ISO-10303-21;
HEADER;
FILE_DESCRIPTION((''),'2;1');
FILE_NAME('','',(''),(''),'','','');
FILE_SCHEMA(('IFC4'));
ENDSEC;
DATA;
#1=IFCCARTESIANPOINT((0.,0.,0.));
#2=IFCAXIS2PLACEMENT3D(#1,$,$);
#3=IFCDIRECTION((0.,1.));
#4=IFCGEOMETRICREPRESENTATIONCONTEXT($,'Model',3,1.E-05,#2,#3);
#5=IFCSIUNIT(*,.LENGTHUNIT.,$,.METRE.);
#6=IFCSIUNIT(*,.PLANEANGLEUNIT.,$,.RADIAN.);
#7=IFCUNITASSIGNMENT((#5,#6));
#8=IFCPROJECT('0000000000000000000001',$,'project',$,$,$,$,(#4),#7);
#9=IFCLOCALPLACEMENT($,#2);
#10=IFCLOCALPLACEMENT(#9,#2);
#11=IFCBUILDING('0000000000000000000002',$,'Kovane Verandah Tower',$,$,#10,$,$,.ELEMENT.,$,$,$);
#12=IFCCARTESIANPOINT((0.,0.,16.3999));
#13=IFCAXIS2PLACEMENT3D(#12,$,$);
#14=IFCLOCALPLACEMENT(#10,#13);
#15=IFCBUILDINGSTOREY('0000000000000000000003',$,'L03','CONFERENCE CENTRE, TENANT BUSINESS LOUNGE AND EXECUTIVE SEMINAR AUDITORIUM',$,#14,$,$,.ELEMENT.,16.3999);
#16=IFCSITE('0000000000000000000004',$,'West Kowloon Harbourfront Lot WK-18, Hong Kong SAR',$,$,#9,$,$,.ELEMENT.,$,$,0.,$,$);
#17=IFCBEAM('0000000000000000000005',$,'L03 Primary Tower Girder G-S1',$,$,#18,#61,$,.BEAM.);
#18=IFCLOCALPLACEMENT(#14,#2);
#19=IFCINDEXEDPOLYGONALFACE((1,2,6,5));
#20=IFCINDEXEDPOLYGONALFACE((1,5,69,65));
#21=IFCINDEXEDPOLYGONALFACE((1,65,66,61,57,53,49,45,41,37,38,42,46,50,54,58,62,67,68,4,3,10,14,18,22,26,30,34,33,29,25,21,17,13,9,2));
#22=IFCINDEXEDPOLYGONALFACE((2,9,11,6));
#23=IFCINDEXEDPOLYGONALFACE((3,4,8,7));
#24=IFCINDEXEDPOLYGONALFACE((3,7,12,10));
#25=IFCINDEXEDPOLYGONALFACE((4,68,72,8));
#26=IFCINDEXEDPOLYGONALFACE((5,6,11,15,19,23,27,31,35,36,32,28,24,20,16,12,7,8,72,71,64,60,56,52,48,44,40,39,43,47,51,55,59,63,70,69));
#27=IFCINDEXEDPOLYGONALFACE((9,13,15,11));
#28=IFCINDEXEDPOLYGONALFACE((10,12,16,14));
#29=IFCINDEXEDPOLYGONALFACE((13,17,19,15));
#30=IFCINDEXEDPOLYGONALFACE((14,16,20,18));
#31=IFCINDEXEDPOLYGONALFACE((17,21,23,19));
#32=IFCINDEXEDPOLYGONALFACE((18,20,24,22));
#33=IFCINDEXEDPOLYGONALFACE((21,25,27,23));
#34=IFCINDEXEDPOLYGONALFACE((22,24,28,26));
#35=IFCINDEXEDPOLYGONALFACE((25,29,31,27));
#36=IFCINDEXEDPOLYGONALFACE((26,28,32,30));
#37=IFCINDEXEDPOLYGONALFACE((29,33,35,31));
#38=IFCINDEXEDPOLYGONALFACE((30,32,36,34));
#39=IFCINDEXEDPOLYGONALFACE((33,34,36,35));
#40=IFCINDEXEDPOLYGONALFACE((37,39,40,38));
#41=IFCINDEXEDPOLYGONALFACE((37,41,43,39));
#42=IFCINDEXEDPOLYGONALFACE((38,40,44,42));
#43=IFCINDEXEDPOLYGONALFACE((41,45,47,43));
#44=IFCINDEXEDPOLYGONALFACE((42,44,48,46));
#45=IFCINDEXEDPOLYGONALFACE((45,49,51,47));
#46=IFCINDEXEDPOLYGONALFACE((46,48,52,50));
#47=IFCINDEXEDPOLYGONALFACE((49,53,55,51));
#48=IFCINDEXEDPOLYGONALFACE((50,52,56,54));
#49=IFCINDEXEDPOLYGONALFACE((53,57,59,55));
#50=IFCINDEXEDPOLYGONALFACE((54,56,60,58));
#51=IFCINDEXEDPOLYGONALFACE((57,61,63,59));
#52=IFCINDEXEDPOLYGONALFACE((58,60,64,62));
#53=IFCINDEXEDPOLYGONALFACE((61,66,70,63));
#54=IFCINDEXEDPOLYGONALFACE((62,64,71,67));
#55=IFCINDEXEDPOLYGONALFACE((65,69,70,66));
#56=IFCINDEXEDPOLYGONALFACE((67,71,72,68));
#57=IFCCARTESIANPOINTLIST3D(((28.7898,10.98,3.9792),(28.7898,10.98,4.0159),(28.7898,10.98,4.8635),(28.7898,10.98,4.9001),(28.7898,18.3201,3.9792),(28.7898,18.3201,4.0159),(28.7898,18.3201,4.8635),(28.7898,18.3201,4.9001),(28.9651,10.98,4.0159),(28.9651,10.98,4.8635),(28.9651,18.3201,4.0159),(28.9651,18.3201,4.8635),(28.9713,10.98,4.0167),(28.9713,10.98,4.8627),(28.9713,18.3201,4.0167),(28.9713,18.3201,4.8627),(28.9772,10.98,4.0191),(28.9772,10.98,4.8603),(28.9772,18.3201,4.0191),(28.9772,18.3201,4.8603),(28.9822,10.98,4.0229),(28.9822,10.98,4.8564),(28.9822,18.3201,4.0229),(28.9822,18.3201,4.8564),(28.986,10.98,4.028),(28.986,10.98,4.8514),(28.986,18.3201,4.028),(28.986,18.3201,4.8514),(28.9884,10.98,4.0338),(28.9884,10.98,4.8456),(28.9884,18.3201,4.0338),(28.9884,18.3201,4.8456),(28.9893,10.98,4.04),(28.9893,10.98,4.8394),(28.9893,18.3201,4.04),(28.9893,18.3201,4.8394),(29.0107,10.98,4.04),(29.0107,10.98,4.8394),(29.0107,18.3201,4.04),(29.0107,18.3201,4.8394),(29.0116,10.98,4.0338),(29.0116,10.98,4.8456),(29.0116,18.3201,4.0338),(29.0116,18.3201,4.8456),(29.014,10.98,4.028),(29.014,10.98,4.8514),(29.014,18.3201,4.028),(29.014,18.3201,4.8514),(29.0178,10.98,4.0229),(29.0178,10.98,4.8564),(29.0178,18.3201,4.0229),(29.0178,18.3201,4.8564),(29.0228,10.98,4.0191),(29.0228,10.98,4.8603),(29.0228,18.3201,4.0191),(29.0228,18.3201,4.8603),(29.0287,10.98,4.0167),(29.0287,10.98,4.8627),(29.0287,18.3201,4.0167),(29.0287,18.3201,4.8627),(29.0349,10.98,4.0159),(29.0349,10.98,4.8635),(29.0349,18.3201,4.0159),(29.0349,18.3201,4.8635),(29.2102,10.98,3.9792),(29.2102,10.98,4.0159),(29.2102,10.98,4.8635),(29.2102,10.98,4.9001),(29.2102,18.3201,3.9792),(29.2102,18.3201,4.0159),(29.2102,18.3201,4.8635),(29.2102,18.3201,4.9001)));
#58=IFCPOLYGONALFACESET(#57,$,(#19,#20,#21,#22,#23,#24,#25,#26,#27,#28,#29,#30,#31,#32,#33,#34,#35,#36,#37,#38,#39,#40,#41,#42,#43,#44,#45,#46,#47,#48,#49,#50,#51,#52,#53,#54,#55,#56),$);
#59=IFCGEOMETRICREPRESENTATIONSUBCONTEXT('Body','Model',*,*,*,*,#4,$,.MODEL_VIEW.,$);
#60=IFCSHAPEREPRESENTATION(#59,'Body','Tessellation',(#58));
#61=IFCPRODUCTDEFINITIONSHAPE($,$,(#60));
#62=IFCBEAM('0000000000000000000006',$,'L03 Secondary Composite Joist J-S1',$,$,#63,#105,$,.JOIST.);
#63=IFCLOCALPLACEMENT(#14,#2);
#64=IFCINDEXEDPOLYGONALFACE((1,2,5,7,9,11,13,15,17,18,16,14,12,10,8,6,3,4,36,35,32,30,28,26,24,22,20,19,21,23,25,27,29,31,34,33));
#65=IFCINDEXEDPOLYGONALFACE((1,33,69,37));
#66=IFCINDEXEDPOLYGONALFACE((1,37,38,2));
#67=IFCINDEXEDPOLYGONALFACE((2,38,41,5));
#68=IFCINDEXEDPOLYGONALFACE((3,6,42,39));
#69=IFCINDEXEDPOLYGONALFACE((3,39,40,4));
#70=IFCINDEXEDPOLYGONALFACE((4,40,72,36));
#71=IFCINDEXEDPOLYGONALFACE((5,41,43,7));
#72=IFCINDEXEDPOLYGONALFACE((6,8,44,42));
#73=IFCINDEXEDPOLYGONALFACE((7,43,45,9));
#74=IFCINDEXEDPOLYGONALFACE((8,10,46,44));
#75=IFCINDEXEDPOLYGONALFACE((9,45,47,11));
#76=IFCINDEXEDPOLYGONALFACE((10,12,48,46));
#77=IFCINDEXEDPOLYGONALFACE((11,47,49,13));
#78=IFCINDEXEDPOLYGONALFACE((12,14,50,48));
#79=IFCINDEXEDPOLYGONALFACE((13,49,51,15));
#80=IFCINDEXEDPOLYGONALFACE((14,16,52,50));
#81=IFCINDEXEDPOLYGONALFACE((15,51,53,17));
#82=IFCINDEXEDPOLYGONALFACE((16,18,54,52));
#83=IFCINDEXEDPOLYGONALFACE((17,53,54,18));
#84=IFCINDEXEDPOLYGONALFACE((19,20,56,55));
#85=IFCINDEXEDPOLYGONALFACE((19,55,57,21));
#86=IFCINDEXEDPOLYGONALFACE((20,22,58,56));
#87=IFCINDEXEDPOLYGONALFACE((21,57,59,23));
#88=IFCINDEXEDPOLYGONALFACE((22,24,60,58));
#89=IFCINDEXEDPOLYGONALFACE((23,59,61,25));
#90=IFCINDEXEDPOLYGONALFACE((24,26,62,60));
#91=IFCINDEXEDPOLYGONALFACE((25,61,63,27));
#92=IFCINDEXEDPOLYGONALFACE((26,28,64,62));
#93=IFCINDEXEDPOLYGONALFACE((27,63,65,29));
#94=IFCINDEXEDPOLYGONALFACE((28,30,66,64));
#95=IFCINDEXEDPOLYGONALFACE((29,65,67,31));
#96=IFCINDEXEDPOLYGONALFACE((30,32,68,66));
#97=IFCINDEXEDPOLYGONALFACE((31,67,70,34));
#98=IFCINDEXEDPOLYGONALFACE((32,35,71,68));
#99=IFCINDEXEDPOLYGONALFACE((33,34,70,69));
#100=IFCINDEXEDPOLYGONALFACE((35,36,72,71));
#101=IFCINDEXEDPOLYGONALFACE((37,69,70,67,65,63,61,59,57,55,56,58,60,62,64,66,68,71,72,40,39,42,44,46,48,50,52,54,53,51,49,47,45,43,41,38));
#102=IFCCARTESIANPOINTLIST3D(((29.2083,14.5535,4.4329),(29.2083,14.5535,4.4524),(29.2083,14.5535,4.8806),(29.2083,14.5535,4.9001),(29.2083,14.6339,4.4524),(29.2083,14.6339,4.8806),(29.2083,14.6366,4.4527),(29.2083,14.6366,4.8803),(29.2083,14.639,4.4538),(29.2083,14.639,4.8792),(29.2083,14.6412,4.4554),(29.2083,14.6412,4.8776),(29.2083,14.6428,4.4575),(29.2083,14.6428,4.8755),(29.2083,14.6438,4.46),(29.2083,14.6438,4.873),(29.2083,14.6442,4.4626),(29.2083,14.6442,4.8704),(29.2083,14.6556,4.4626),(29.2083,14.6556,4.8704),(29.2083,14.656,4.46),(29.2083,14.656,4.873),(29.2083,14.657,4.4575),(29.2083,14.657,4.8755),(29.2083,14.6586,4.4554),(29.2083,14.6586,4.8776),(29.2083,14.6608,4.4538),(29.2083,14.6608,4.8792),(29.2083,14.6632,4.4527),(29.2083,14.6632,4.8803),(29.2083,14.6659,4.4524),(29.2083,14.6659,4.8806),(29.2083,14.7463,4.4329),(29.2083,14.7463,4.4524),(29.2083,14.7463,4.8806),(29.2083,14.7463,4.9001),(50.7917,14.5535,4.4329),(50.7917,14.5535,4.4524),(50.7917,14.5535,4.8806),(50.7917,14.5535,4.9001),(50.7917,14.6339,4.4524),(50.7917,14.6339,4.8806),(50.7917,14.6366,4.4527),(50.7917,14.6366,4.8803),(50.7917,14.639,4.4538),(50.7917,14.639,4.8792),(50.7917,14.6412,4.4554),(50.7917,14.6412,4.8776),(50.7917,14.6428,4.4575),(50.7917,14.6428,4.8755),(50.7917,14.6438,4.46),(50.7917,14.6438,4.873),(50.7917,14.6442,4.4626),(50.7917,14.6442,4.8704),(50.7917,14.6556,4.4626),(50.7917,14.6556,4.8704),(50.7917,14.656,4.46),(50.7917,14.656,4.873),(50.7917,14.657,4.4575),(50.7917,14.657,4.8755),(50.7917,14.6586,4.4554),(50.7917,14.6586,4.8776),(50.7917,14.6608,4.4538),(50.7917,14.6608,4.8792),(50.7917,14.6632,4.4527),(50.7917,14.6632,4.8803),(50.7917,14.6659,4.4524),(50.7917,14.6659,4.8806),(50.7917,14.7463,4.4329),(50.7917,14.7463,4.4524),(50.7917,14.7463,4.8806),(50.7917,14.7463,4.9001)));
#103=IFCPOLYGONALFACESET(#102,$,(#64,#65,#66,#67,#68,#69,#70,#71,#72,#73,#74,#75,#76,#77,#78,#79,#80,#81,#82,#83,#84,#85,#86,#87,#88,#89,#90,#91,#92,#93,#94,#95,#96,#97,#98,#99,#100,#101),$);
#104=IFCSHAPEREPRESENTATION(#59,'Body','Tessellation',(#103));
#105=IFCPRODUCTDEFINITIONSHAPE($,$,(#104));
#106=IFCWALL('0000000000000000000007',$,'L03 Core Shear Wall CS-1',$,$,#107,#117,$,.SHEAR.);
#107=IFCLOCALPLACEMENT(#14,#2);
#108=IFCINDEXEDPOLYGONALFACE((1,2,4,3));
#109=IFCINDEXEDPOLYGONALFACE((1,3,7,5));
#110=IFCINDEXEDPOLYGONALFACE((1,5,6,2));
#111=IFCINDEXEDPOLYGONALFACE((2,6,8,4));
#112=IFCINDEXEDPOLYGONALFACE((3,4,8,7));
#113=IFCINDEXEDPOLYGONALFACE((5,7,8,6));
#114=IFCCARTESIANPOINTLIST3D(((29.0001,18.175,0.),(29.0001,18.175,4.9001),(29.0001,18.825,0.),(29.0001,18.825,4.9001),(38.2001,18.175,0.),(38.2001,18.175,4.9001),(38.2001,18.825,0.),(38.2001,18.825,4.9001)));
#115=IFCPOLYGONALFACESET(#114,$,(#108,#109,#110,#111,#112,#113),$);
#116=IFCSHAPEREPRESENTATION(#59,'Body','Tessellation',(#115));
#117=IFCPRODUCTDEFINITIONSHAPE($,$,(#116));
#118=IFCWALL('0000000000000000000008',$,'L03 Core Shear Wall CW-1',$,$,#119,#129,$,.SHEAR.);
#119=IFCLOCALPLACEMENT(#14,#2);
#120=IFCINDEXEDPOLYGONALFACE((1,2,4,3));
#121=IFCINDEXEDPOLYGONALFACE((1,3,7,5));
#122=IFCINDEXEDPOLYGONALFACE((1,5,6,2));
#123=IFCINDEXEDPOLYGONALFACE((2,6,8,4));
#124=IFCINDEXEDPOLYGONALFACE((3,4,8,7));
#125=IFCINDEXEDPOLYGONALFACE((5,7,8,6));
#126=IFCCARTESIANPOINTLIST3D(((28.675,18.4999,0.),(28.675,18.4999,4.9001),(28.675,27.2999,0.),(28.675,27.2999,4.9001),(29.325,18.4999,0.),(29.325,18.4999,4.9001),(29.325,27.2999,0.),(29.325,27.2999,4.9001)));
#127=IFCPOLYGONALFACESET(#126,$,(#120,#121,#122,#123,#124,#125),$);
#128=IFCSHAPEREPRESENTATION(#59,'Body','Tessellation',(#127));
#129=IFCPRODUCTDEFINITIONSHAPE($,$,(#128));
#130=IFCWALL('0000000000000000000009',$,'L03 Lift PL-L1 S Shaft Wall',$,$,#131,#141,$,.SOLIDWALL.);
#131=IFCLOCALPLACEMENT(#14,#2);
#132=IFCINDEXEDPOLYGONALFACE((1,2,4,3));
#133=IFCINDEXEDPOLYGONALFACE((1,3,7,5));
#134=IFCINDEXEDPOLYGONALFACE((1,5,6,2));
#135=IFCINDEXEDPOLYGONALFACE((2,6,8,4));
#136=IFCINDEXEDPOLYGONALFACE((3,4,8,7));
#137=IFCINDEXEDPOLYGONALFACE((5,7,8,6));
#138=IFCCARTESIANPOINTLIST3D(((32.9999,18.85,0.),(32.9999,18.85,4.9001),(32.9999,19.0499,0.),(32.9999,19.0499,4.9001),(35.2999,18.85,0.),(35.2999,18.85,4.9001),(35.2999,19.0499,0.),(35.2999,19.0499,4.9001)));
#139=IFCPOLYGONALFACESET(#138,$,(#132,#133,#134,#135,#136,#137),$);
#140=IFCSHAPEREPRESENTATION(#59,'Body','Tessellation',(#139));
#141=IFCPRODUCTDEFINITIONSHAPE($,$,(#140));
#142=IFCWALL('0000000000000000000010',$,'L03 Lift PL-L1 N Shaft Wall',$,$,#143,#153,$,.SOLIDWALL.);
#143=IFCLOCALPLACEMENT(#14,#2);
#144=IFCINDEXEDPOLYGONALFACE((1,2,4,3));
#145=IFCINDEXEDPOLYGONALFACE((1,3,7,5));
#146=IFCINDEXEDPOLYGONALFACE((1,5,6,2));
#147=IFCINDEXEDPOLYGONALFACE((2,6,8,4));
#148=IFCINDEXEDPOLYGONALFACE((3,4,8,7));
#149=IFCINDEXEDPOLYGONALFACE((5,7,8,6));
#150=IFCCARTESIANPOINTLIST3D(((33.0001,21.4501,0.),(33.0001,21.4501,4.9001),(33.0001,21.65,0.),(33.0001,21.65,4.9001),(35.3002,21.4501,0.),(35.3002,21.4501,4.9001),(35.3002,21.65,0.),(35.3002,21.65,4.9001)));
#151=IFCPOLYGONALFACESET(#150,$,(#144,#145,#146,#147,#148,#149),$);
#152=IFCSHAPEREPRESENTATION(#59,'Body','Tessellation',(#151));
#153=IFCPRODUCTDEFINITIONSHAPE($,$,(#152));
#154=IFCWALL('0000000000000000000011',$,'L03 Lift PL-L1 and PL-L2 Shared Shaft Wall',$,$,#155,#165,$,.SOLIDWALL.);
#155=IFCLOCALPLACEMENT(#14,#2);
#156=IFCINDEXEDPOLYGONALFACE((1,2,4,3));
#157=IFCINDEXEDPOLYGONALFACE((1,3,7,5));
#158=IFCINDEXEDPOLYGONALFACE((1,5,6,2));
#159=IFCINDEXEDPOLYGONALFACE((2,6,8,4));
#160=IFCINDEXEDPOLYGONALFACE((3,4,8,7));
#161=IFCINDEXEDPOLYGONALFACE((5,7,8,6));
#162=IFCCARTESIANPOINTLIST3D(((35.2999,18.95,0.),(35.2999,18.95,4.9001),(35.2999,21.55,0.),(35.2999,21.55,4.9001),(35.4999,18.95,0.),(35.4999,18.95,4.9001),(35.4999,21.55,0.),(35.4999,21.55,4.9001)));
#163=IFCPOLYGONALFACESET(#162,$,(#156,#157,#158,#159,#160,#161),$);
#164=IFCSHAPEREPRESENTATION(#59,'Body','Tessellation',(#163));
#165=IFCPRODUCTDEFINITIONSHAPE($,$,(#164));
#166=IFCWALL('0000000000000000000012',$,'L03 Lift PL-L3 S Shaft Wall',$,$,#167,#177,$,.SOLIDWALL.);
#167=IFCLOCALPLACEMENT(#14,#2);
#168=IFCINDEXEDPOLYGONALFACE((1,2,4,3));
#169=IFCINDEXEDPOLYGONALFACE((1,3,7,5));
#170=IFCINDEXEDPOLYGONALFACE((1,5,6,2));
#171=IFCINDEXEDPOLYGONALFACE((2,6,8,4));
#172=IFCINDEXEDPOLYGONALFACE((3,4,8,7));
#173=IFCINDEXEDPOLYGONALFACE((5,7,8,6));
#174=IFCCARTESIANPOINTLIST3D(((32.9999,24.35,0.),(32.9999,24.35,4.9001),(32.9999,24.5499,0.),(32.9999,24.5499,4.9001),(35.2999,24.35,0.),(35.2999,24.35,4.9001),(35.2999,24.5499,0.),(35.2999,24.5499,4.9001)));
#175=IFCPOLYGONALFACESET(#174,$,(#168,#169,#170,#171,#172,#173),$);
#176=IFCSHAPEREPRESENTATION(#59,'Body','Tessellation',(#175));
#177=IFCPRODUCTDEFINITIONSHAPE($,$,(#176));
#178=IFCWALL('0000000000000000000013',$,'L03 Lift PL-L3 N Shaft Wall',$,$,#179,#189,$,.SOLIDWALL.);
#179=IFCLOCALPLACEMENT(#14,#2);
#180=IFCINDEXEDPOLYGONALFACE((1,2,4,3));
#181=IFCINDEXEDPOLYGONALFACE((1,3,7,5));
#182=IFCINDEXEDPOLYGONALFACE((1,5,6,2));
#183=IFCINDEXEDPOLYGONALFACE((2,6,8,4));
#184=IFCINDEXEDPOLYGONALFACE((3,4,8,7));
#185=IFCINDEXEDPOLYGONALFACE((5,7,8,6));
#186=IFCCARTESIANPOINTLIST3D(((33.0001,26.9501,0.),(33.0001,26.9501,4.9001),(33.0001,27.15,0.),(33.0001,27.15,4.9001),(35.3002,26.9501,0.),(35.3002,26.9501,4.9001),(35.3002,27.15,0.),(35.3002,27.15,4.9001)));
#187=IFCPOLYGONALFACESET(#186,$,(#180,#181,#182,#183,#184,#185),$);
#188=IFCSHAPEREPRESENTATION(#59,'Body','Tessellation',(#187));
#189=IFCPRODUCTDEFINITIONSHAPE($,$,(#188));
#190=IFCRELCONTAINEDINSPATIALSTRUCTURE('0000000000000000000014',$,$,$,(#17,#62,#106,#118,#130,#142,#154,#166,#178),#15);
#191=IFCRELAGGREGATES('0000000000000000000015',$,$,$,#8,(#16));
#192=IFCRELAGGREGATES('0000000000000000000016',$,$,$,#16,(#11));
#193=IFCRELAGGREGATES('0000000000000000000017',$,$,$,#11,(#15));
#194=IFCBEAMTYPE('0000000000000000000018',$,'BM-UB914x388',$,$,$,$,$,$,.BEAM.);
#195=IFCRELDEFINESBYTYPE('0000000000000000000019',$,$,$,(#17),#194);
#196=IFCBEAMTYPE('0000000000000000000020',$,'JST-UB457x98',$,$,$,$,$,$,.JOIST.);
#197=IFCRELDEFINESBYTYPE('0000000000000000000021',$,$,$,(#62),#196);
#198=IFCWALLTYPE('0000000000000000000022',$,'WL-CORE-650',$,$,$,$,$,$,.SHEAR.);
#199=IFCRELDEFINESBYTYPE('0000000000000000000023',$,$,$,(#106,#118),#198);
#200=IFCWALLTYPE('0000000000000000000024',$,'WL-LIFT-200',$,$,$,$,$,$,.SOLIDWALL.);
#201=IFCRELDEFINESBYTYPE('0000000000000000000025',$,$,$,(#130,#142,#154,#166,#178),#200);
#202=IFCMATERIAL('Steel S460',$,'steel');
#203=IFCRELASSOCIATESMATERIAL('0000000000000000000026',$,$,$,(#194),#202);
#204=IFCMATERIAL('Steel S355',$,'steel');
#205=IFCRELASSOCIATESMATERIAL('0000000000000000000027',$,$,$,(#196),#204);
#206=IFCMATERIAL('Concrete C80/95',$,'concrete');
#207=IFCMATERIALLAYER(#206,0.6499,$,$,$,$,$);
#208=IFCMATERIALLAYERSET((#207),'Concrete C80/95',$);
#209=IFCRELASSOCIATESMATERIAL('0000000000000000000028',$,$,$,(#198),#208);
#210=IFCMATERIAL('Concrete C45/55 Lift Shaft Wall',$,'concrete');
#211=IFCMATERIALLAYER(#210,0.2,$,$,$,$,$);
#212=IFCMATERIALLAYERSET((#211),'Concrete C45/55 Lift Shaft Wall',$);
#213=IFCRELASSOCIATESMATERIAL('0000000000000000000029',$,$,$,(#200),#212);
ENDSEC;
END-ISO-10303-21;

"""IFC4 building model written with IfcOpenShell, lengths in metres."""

from ifc_helpers import new_model, si_unit, direction, frame, frame_2d, origin, origin_2d, place, context, subcontext, project, spatial, rectangle, i_section, extrude, material, layer, layer_set, material_profile, profile_set, type_object, element, save


model = new_model("IFC4")

# Units and contexts
model_context = context("Model", 3, precision=1e-05, world=origin(), true_north=direction((0.0, 1.0)))
body_context = subcontext(model_context, "Body", "Model", "MODEL_VIEW")
ifc_project = project(units=[si_unit("LENGTHUNIT", "METRE"), si_unit("PLANEANGLEUNIT", "RADIAN")], contexts=[model_context])

# Site, building, storey
site_placement = place(None, origin())
site = spatial("IfcSite", under=ifc_project, at=site_placement, Name="West Kowloon Harbourfront Lot WK-18, Hong Kong SAR", CompositionType="ELEMENT", RefElevation=0.0)
building_placement = place(site_placement, origin())
building = spatial("IfcBuilding", under=site, at=building_placement, Name="Kovane Verandah Tower", CompositionType="ELEMENT")
storey_placement = place(building_placement, frame((0.0, 0.0, 16.3999)))
storey = spatial("IfcBuildingStorey", under=building, at=storey_placement, Name="L03", Description="CONFERENCE CENTRE, TENANT BUSINESS LOUNGE AND EXECUTIVE SEMINAR AUDITORIUM", CompositionType="ELEMENT", Elevation=16.3999)

# Shared definitions
ifc_material_1 = material(Name="Concrete C80/95", Category="concrete")
ifc_material_2 = material(Name="Steel S460", Category="steel")

# Beams
ifc_material_profile_1 = material_profile(ifc_material_2, i_section(OverallWidth=0.4204, OverallDepth=0.9209, WebThickness=0.0215, FlangeThickness=0.0366, FilletRadius=0.0242, at=origin_2d()), Name="UB914x419x388")
ifc_profile_set_1 = profile_set([ifc_material_profile_1], Name="Steel S460")
beam_type_1 = type_object("IfcBeamType", Name="BM-UB914x388", PredefinedType="BEAM", material=ifc_profile_set_1)
beam_1_placement = place(storey_placement, frame((29.0, 18.3201, 4.4397), z_axis=(0.0, -1.0, 0.0), x_axis=(1.0, 0.0, 0.0)))
element("IfcBeam", 1, at=beam_1_placement, inside=storey, type_object=beam_type_1, Name="L03 Primary Tower Girder G-S1", PredefinedType="BEAM", context=body_context, shape_type="SweptSolid", body=[
    extrude(i_section(OverallWidth=0.4204, OverallDepth=0.9209, WebThickness=0.0215, FlangeThickness=0.0366, FilletRadius=0.0242, at=origin_2d()), origin(), (0.0, 0.0, 1.0), 7.3401),
])
ifc_material_3 = material(Name="Steel S355", Category="steel")
ifc_material_profile_2 = material_profile(ifc_material_3, i_section(OverallWidth=0.1929, OverallDepth=0.4673, WebThickness=0.0115, FlangeThickness=0.0195, FilletRadius=0.0103, at=origin_2d()), Name="UB457x191x98")
ifc_profile_set_2 = profile_set([ifc_material_profile_2], Name="Steel S355")
beam_type_2 = type_object("IfcBeamType", Name="JST-UB457x98", PredefinedType="JOIST", material=ifc_profile_set_2)
beam_2_placement = place(storey_placement, frame((29.2083, 14.6499, 4.6665), z_axis=(1.0, 0.0, 0.0), x_axis=(0.0, 1.0, 0.0)))
element("IfcBeam", 2, at=beam_2_placement, inside=storey, type_object=beam_type_2, Name="L03 Secondary Composite Joist J-S1", PredefinedType="JOIST", context=body_context, shape_type="SweptSolid", body=[
    extrude(i_section(OverallWidth=0.1929, OverallDepth=0.4673, WebThickness=0.0115, FlangeThickness=0.0195, FilletRadius=0.0103, at=origin_2d()), origin(), (0.0, 0.0, 1.0), 21.5835),
])

# Walls
ifc_layer_1 = layer(ifc_material_1, 0.6499)
ifc_layer_set_1 = layer_set([ifc_layer_1], Name="Concrete C80/95")
wall_type_1 = type_object("IfcWallType", Name="WL-CORE-650", PredefinedType="SHEAR", material=ifc_layer_set_1)
wall_1_placement = place(storey_placement, frame((29.0, 18.5, 0.0), z_axis=(0.0, 0.0, 1.0), x_axis=(1.0, 0.0, 0.0)))
element("IfcWall", 3, at=wall_1_placement, inside=storey, type_object=wall_type_1, Name="L03 Core Shear Wall CS-1", PredefinedType="SHEAR", context=body_context, shape_type="SweptSolid", body=[
    extrude(rectangle(XDim=9.2, YDim=0.6499, at=frame_2d((4.6001, 0.0))), origin(), (0.0, 0.0, 1.0), 4.9001),
])
wall_2_placement = place(storey_placement, frame((29.0, 18.5, 0.0), z_axis=(0.0, 0.0, 1.0), x_axis=(0.0, 1.0, 0.0)))
element("IfcWall", 4, at=wall_2_placement, inside=storey, type_object=wall_type_1, Name="L03 Core Shear Wall CW-1", PredefinedType="SHEAR", context=body_context, shape_type="SweptSolid", body=[
    extrude(rectangle(XDim=8.8, YDim=0.6499, at=frame_2d((4.3999, 0.0))), origin(), (0.0, 0.0, 1.0), 4.9001),
])

# Walls
ifc_material_4 = material(Name="Concrete C45/55 Lift Shaft Wall", Category="concrete")
ifc_layer_2 = layer(ifc_material_4, 0.2)
ifc_layer_set_2 = layer_set([ifc_layer_2], Name="Concrete C45/55 Lift Shaft Wall")
wall_type_2 = type_object("IfcWallType", Name="WL-LIFT-200", PredefinedType="SOLIDWALL", material=ifc_layer_set_2)
for number, where, z_axis, x_axis, name in (
    (5, (33.0, 18.95, 0.0), (0.0, 0.0, 1.0), (1.0, 0.0, 0.0), "L03 Lift PL-L1 S Shaft Wall"),
    (6, (35.3, 21.55, 0.0), (0.0, 0.0, 1.0), (-1.0, 0.0, 0.0), "L03 Lift PL-L1 N Shaft Wall"),
):
    element("IfcWall", number, at=place(storey_placement, frame(where, z_axis=z_axis, x_axis=x_axis)), inside=storey, type_object=wall_type_2, Name=name, PredefinedType="SOLIDWALL", context=body_context, shape_type="SweptSolid", body=[
        extrude(rectangle(XDim=2.3, YDim=0.2, at=frame_2d((1.1499, 0.0))), origin(), (0.0, 0.0, 1.0), 4.9001),
    ])
wall_3_placement = place(storey_placement, frame((35.3999, 18.95, 0.0), z_axis=(0.0, 0.0, 1.0), x_axis=(0.0, 1.0, 0.0)))
element("IfcWall", 7, at=wall_3_placement, inside=storey, type_object=wall_type_2, Name="L03 Lift PL-L1 and PL-L2 Shared Shaft Wall", PredefinedType="SOLIDWALL", context=body_context, shape_type="SweptSolid", body=[
    extrude(rectangle(XDim=2.6001, YDim=0.2, at=frame_2d((1.3, 0.0))), origin(), (0.0, 0.0, 1.0), 4.9001),
])
for number, where, z_axis, x_axis, name in (
    (8, (33.0, 24.45, 0.0), (0.0, 0.0, 1.0), (1.0, 0.0, 0.0), "L03 Lift PL-L3 S Shaft Wall"),
    (9, (35.3, 27.05, 0.0), (0.0, 0.0, 1.0), (-1.0, 0.0, 0.0), "L03 Lift PL-L3 N Shaft Wall"),
):
    element("IfcWall", number, at=place(storey_placement, frame(where, z_axis=z_axis, x_axis=x_axis)), inside=storey, type_object=wall_type_2, Name=name, PredefinedType="SOLIDWALL", context=body_context, shape_type="SweptSolid", body=[
        extrude(rectangle(XDim=2.3, YDim=0.2, at=frame_2d((1.1499, 0.0))), origin(), (0.0, 0.0, 1.0), 4.9001),
    ])

save(model, "model.ifc")
